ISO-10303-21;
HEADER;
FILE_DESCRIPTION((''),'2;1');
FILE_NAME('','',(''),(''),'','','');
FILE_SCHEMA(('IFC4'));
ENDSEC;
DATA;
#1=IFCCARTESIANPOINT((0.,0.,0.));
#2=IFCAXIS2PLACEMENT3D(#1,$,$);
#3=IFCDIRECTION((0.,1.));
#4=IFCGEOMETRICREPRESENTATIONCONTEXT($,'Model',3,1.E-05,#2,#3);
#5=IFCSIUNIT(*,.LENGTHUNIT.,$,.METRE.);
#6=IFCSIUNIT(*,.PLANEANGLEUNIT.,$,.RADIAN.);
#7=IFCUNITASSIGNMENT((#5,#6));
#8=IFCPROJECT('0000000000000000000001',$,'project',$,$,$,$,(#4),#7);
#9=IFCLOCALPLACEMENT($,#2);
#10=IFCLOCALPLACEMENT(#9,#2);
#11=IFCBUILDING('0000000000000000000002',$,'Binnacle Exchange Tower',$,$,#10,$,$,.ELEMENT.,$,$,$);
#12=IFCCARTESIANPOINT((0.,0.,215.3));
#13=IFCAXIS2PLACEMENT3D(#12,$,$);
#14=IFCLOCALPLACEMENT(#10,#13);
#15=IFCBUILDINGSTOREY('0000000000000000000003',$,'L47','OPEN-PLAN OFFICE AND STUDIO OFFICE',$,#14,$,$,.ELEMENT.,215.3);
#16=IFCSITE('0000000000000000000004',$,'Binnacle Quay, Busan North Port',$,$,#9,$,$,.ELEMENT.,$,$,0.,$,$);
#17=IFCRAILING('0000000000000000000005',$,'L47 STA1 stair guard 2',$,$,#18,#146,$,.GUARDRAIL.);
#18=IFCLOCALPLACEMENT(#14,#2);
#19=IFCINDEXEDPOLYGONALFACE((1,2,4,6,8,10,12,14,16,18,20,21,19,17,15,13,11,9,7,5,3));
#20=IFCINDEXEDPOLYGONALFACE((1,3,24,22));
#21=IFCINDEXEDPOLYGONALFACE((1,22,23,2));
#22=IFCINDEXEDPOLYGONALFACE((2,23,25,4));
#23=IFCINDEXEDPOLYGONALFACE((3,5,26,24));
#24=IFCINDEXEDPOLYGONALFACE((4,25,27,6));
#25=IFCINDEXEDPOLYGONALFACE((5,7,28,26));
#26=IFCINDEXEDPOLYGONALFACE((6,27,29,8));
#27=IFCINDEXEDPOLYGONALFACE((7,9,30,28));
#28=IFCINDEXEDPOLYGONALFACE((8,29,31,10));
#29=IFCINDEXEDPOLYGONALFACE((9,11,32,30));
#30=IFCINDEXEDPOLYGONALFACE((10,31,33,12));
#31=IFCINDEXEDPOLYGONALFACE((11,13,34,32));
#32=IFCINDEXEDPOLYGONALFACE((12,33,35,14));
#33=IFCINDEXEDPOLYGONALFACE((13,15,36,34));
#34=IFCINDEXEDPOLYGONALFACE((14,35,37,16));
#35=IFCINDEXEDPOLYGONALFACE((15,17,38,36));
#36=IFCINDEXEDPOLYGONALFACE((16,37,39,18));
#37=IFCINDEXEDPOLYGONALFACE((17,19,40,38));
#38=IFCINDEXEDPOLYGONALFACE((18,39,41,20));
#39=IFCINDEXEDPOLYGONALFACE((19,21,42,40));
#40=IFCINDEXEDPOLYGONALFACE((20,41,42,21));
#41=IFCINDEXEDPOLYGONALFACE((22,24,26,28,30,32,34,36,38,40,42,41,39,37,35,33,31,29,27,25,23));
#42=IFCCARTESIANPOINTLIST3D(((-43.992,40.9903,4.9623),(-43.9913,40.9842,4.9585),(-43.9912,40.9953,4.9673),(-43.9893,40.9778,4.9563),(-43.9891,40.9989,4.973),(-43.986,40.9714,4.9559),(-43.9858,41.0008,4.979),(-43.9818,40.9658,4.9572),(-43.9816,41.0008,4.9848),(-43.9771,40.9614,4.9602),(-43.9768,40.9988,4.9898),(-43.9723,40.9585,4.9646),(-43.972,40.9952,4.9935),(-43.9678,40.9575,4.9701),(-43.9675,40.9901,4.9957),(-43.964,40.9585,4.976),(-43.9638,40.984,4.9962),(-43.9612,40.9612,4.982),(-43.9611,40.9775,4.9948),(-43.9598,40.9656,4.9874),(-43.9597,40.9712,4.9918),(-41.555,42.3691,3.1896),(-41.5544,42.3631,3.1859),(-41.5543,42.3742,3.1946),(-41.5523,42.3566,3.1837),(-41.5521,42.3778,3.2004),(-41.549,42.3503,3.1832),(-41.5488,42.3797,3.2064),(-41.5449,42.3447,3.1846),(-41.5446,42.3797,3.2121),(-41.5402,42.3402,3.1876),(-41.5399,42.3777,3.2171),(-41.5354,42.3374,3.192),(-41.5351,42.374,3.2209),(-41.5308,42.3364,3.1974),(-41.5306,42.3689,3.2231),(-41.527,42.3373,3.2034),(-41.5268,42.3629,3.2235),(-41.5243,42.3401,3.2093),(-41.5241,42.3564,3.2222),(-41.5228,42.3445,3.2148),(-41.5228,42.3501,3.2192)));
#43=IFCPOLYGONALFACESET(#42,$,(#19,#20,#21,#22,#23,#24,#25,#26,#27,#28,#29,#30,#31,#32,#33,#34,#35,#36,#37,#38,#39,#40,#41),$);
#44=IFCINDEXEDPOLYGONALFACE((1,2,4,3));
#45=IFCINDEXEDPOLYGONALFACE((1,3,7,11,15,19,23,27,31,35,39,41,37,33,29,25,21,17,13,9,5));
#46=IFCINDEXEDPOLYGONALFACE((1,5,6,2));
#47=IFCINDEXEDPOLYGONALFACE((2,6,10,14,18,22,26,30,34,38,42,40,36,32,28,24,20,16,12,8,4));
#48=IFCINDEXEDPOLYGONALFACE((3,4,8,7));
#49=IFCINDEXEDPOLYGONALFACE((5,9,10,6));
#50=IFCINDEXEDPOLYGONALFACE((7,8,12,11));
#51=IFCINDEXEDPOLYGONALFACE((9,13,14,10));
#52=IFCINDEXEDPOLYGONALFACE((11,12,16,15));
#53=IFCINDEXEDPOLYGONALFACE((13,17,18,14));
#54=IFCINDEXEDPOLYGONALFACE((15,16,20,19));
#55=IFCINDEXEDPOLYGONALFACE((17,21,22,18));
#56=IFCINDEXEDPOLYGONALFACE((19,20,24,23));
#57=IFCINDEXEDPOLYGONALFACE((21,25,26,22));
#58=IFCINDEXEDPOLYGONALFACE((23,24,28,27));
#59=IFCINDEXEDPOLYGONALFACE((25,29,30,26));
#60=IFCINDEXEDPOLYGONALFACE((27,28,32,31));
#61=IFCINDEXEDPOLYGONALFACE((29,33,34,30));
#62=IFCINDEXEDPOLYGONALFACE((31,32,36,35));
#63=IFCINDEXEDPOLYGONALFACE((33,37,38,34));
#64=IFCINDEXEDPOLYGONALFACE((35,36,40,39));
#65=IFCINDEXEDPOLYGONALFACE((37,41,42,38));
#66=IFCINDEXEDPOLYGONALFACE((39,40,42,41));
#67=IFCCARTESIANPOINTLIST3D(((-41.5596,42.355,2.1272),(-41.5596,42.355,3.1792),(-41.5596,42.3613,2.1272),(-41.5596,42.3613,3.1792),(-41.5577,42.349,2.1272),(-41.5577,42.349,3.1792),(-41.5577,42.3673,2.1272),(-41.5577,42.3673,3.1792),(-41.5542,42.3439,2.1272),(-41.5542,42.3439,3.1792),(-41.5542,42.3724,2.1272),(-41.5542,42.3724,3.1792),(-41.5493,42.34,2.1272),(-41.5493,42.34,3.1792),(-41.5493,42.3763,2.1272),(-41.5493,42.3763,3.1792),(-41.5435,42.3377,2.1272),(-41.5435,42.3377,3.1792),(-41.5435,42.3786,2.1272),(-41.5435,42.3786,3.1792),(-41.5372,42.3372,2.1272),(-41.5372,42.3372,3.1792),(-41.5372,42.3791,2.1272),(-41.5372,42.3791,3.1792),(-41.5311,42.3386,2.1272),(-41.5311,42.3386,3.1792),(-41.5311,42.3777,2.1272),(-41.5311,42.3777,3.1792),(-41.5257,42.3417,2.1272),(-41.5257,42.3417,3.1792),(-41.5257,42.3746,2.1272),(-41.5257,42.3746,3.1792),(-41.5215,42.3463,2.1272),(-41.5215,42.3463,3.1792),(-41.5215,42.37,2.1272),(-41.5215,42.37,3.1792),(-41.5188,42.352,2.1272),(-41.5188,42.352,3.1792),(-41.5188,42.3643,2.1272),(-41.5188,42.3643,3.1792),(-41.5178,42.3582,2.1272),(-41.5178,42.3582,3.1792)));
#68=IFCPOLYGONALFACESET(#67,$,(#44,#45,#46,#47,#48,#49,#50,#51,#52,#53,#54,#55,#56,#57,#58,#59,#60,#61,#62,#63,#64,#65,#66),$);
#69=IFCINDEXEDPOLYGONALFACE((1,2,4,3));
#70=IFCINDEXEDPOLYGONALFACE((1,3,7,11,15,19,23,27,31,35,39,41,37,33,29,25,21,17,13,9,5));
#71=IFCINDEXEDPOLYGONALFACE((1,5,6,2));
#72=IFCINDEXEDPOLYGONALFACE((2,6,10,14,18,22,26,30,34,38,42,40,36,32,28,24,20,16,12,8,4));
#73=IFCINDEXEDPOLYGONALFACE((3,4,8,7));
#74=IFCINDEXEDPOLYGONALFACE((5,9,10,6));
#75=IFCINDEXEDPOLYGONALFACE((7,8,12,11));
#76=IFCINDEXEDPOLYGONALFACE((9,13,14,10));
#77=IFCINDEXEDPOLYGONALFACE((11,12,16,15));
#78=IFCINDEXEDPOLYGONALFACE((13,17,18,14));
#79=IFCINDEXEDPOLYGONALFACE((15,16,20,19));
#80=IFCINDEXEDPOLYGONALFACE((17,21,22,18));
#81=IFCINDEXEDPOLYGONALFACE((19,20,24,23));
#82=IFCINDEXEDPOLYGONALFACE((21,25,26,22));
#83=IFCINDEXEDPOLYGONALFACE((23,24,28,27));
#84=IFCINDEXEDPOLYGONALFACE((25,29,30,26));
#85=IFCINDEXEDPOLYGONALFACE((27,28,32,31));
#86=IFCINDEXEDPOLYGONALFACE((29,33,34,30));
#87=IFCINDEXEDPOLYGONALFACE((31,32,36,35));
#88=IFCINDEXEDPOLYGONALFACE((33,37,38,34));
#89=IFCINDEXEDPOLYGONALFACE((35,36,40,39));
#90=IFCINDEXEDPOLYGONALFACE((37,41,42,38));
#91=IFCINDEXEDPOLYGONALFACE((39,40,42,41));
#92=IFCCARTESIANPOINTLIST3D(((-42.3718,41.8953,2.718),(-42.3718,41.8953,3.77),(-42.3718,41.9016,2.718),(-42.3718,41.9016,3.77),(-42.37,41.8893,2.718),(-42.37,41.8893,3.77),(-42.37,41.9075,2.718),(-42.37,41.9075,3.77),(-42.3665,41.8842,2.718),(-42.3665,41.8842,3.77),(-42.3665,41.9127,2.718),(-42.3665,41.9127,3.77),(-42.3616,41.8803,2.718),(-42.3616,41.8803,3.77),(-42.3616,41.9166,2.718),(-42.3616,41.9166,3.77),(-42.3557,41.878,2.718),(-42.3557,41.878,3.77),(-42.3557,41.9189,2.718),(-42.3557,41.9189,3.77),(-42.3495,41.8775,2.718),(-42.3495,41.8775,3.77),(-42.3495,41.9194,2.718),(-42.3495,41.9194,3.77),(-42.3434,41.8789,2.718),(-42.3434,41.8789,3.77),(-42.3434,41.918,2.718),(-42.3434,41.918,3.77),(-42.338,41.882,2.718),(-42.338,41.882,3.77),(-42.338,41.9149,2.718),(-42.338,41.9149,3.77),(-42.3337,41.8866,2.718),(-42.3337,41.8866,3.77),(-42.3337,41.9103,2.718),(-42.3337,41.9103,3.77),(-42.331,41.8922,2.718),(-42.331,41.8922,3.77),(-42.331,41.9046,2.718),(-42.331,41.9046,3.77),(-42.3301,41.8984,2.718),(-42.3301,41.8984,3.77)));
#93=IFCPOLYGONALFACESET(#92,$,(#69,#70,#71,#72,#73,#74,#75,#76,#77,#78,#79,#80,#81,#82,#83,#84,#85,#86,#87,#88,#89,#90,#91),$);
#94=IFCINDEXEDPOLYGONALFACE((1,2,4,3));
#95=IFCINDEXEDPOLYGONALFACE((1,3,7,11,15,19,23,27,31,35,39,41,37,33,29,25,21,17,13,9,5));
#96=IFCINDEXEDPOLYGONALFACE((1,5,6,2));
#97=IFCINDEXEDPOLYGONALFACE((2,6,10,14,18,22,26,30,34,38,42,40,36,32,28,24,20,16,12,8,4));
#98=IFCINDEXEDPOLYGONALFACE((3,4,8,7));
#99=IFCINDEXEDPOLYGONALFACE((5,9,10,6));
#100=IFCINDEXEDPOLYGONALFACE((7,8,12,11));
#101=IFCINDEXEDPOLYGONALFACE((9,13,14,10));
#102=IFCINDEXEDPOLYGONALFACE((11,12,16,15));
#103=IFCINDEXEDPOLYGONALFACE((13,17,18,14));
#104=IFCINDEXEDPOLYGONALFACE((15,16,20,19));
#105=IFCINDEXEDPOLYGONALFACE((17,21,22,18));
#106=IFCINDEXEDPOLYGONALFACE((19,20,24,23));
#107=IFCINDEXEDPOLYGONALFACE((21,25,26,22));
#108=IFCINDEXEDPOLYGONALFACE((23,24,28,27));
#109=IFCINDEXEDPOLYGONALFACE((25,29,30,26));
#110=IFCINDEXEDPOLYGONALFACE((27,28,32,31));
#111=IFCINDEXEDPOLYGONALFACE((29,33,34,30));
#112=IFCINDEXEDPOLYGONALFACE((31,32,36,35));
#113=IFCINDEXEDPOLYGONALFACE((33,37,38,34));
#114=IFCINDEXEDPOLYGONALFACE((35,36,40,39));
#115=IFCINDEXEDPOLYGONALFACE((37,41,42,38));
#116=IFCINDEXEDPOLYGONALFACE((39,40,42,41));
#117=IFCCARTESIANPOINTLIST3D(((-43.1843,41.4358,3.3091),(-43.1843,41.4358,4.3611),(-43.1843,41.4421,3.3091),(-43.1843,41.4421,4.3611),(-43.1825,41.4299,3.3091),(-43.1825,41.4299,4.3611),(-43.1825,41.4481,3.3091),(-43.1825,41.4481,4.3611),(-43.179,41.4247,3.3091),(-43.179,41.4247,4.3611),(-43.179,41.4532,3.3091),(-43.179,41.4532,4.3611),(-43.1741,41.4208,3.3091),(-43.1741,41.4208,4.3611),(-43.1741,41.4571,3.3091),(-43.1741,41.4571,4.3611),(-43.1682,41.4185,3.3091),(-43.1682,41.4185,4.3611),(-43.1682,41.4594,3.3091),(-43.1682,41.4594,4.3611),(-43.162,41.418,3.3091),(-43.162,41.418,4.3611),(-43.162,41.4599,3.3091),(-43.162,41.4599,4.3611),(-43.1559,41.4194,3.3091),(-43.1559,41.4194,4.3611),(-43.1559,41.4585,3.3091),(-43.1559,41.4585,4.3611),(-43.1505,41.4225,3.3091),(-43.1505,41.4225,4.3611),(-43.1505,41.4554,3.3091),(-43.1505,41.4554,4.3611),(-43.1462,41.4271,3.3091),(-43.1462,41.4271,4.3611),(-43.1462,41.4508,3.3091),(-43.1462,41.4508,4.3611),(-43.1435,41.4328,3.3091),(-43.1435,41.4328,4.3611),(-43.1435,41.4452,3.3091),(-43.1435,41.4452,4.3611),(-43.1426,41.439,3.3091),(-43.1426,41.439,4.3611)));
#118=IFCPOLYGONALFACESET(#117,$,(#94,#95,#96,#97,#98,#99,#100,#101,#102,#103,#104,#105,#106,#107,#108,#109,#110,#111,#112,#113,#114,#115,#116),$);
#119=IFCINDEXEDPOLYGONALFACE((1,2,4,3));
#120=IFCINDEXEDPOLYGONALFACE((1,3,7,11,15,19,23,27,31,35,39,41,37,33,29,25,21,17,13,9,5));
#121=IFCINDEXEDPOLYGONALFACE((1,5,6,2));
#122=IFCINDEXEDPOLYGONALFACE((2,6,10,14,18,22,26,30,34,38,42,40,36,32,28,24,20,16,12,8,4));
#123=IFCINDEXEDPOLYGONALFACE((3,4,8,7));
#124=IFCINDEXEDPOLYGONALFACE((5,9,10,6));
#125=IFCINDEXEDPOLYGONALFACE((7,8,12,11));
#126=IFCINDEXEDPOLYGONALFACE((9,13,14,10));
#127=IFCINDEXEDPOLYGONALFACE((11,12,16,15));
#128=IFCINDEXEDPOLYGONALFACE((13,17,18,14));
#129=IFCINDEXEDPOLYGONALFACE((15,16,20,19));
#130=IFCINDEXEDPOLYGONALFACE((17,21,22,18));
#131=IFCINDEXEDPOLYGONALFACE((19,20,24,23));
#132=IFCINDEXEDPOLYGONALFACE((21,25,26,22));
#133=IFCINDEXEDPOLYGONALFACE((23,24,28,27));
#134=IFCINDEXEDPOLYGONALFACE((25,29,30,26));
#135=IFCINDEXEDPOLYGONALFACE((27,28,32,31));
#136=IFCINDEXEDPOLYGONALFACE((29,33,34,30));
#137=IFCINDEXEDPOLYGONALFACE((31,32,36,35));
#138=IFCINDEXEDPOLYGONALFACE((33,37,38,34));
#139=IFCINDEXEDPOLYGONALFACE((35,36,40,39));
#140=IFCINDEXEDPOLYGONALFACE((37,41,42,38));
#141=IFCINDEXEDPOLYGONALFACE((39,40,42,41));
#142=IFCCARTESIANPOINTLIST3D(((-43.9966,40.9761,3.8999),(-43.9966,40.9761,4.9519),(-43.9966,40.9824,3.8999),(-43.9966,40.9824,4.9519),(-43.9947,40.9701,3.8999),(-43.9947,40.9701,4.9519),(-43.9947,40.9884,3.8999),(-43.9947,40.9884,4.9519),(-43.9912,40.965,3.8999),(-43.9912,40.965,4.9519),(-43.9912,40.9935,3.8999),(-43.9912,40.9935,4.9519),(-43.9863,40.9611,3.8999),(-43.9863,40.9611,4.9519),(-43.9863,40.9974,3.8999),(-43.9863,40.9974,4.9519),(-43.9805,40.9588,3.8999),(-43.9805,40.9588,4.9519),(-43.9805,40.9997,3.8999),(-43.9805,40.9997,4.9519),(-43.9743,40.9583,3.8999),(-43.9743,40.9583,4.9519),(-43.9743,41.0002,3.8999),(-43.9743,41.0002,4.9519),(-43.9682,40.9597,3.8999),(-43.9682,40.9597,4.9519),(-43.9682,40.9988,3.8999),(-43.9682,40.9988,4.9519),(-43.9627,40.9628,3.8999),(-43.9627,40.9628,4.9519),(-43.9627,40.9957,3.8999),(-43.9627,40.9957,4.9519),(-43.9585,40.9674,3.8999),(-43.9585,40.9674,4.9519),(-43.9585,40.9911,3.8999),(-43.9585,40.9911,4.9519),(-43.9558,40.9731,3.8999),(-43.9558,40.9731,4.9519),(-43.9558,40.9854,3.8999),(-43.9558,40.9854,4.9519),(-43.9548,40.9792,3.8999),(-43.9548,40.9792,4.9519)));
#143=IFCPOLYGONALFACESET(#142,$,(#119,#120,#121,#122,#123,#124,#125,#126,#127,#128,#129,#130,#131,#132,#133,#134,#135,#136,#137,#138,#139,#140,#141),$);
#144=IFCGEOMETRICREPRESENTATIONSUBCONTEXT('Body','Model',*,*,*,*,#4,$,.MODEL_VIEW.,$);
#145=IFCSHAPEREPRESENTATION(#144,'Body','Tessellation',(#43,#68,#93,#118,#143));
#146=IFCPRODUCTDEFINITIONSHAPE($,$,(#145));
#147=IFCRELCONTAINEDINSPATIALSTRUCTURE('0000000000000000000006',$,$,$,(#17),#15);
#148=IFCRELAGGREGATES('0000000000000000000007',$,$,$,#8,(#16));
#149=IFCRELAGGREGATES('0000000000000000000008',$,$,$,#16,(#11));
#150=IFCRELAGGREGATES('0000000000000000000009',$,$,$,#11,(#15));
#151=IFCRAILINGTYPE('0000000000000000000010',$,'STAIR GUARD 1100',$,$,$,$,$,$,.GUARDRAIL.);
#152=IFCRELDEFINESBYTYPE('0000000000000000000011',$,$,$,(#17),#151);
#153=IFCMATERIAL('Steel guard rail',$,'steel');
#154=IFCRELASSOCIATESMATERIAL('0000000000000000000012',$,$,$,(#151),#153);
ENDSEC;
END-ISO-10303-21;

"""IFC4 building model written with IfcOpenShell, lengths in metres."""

from ifc_helpers import new_model, si_unit, direction, frame, origin, origin_2d, place, context, subcontext, project, spatial, circle, extrude, material, type_object, element, save


model = new_model("IFC4")

# Units and contexts
model_context = context("Model", 3, precision=1e-05, world=origin(), true_north=direction((0.0, 1.0)))
body_context = subcontext(model_context, "Body", "Model", "MODEL_VIEW")
ifc_project = project(units=[si_unit("LENGTHUNIT", "METRE"), si_unit("PLANEANGLEUNIT", "RADIAN")], contexts=[model_context])

# Site, building, storey
site_placement = place(None, origin())
site = spatial("IfcSite", under=ifc_project, at=site_placement, Name="Binnacle Quay, Busan North Port", CompositionType="ELEMENT", RefElevation=0.0)
building_placement = place(site_placement, origin())
building = spatial("IfcBuilding", under=site, at=building_placement, Name="Binnacle Exchange Tower", CompositionType="ELEMENT")
storey_placement = place(building_placement, frame((0.0, 0.0, 215.3)))
storey = spatial("IfcBuildingStorey", under=building, at=storey_placement, Name="L47", Description="OPEN-PLAN OFFICE AND STUDIO OFFICE", CompositionType="ELEMENT", Elevation=215.3)

# Railing
ifc_material_1 = material(Name="Steel guard rail", Category="steel")
railing_type_1 = type_object("IfcRailingType", Name="STAIR GUARD 1100", PredefinedType="GUARDRAIL", material=ifc_material_1)
railing_1_placement = place(storey_placement, frame((-41.5388, 42.3582, 2.1272)))
element("IfcRailing", 1, at=railing_1_placement, inside=storey, type_object=railing_type_1, Name="L47 STA1 stair guard 2", PredefinedType="GUARDRAIL", context=body_context, shape_type="SweptSolid", body=[
    extrude(circle(Radius=0.0239, at=origin_2d()), frame((0.0, 0.0, 1.0762), z_axis=(-0.735359, -0.41608, 0.534907), x_axis=(0.492454, -0.870339, 0.0)), (0.0, 0.0, 1.0), 3.314),
    extrude(circle(Radius=0.021, at=origin_2d()), origin(), (0.0, 0.0, 1.0), 1.052),
    extrude(circle(Radius=0.021, at=origin_2d()), frame((-0.8123, -0.4597, 0.5908)), (0.0, 0.0, 1.0), 1.052),
    extrude(circle(Radius=0.021, at=origin_2d()), frame((-1.6248, -0.9192, 1.1819)), (0.0, 0.0, 1.0), 1.052),
    extrude(circle(Radius=0.021, at=origin_2d()), frame((-2.437, -1.3789, 1.7727)), (0.0, 0.0, 1.0), 1.052),
])

save(model, "model.ifc")
